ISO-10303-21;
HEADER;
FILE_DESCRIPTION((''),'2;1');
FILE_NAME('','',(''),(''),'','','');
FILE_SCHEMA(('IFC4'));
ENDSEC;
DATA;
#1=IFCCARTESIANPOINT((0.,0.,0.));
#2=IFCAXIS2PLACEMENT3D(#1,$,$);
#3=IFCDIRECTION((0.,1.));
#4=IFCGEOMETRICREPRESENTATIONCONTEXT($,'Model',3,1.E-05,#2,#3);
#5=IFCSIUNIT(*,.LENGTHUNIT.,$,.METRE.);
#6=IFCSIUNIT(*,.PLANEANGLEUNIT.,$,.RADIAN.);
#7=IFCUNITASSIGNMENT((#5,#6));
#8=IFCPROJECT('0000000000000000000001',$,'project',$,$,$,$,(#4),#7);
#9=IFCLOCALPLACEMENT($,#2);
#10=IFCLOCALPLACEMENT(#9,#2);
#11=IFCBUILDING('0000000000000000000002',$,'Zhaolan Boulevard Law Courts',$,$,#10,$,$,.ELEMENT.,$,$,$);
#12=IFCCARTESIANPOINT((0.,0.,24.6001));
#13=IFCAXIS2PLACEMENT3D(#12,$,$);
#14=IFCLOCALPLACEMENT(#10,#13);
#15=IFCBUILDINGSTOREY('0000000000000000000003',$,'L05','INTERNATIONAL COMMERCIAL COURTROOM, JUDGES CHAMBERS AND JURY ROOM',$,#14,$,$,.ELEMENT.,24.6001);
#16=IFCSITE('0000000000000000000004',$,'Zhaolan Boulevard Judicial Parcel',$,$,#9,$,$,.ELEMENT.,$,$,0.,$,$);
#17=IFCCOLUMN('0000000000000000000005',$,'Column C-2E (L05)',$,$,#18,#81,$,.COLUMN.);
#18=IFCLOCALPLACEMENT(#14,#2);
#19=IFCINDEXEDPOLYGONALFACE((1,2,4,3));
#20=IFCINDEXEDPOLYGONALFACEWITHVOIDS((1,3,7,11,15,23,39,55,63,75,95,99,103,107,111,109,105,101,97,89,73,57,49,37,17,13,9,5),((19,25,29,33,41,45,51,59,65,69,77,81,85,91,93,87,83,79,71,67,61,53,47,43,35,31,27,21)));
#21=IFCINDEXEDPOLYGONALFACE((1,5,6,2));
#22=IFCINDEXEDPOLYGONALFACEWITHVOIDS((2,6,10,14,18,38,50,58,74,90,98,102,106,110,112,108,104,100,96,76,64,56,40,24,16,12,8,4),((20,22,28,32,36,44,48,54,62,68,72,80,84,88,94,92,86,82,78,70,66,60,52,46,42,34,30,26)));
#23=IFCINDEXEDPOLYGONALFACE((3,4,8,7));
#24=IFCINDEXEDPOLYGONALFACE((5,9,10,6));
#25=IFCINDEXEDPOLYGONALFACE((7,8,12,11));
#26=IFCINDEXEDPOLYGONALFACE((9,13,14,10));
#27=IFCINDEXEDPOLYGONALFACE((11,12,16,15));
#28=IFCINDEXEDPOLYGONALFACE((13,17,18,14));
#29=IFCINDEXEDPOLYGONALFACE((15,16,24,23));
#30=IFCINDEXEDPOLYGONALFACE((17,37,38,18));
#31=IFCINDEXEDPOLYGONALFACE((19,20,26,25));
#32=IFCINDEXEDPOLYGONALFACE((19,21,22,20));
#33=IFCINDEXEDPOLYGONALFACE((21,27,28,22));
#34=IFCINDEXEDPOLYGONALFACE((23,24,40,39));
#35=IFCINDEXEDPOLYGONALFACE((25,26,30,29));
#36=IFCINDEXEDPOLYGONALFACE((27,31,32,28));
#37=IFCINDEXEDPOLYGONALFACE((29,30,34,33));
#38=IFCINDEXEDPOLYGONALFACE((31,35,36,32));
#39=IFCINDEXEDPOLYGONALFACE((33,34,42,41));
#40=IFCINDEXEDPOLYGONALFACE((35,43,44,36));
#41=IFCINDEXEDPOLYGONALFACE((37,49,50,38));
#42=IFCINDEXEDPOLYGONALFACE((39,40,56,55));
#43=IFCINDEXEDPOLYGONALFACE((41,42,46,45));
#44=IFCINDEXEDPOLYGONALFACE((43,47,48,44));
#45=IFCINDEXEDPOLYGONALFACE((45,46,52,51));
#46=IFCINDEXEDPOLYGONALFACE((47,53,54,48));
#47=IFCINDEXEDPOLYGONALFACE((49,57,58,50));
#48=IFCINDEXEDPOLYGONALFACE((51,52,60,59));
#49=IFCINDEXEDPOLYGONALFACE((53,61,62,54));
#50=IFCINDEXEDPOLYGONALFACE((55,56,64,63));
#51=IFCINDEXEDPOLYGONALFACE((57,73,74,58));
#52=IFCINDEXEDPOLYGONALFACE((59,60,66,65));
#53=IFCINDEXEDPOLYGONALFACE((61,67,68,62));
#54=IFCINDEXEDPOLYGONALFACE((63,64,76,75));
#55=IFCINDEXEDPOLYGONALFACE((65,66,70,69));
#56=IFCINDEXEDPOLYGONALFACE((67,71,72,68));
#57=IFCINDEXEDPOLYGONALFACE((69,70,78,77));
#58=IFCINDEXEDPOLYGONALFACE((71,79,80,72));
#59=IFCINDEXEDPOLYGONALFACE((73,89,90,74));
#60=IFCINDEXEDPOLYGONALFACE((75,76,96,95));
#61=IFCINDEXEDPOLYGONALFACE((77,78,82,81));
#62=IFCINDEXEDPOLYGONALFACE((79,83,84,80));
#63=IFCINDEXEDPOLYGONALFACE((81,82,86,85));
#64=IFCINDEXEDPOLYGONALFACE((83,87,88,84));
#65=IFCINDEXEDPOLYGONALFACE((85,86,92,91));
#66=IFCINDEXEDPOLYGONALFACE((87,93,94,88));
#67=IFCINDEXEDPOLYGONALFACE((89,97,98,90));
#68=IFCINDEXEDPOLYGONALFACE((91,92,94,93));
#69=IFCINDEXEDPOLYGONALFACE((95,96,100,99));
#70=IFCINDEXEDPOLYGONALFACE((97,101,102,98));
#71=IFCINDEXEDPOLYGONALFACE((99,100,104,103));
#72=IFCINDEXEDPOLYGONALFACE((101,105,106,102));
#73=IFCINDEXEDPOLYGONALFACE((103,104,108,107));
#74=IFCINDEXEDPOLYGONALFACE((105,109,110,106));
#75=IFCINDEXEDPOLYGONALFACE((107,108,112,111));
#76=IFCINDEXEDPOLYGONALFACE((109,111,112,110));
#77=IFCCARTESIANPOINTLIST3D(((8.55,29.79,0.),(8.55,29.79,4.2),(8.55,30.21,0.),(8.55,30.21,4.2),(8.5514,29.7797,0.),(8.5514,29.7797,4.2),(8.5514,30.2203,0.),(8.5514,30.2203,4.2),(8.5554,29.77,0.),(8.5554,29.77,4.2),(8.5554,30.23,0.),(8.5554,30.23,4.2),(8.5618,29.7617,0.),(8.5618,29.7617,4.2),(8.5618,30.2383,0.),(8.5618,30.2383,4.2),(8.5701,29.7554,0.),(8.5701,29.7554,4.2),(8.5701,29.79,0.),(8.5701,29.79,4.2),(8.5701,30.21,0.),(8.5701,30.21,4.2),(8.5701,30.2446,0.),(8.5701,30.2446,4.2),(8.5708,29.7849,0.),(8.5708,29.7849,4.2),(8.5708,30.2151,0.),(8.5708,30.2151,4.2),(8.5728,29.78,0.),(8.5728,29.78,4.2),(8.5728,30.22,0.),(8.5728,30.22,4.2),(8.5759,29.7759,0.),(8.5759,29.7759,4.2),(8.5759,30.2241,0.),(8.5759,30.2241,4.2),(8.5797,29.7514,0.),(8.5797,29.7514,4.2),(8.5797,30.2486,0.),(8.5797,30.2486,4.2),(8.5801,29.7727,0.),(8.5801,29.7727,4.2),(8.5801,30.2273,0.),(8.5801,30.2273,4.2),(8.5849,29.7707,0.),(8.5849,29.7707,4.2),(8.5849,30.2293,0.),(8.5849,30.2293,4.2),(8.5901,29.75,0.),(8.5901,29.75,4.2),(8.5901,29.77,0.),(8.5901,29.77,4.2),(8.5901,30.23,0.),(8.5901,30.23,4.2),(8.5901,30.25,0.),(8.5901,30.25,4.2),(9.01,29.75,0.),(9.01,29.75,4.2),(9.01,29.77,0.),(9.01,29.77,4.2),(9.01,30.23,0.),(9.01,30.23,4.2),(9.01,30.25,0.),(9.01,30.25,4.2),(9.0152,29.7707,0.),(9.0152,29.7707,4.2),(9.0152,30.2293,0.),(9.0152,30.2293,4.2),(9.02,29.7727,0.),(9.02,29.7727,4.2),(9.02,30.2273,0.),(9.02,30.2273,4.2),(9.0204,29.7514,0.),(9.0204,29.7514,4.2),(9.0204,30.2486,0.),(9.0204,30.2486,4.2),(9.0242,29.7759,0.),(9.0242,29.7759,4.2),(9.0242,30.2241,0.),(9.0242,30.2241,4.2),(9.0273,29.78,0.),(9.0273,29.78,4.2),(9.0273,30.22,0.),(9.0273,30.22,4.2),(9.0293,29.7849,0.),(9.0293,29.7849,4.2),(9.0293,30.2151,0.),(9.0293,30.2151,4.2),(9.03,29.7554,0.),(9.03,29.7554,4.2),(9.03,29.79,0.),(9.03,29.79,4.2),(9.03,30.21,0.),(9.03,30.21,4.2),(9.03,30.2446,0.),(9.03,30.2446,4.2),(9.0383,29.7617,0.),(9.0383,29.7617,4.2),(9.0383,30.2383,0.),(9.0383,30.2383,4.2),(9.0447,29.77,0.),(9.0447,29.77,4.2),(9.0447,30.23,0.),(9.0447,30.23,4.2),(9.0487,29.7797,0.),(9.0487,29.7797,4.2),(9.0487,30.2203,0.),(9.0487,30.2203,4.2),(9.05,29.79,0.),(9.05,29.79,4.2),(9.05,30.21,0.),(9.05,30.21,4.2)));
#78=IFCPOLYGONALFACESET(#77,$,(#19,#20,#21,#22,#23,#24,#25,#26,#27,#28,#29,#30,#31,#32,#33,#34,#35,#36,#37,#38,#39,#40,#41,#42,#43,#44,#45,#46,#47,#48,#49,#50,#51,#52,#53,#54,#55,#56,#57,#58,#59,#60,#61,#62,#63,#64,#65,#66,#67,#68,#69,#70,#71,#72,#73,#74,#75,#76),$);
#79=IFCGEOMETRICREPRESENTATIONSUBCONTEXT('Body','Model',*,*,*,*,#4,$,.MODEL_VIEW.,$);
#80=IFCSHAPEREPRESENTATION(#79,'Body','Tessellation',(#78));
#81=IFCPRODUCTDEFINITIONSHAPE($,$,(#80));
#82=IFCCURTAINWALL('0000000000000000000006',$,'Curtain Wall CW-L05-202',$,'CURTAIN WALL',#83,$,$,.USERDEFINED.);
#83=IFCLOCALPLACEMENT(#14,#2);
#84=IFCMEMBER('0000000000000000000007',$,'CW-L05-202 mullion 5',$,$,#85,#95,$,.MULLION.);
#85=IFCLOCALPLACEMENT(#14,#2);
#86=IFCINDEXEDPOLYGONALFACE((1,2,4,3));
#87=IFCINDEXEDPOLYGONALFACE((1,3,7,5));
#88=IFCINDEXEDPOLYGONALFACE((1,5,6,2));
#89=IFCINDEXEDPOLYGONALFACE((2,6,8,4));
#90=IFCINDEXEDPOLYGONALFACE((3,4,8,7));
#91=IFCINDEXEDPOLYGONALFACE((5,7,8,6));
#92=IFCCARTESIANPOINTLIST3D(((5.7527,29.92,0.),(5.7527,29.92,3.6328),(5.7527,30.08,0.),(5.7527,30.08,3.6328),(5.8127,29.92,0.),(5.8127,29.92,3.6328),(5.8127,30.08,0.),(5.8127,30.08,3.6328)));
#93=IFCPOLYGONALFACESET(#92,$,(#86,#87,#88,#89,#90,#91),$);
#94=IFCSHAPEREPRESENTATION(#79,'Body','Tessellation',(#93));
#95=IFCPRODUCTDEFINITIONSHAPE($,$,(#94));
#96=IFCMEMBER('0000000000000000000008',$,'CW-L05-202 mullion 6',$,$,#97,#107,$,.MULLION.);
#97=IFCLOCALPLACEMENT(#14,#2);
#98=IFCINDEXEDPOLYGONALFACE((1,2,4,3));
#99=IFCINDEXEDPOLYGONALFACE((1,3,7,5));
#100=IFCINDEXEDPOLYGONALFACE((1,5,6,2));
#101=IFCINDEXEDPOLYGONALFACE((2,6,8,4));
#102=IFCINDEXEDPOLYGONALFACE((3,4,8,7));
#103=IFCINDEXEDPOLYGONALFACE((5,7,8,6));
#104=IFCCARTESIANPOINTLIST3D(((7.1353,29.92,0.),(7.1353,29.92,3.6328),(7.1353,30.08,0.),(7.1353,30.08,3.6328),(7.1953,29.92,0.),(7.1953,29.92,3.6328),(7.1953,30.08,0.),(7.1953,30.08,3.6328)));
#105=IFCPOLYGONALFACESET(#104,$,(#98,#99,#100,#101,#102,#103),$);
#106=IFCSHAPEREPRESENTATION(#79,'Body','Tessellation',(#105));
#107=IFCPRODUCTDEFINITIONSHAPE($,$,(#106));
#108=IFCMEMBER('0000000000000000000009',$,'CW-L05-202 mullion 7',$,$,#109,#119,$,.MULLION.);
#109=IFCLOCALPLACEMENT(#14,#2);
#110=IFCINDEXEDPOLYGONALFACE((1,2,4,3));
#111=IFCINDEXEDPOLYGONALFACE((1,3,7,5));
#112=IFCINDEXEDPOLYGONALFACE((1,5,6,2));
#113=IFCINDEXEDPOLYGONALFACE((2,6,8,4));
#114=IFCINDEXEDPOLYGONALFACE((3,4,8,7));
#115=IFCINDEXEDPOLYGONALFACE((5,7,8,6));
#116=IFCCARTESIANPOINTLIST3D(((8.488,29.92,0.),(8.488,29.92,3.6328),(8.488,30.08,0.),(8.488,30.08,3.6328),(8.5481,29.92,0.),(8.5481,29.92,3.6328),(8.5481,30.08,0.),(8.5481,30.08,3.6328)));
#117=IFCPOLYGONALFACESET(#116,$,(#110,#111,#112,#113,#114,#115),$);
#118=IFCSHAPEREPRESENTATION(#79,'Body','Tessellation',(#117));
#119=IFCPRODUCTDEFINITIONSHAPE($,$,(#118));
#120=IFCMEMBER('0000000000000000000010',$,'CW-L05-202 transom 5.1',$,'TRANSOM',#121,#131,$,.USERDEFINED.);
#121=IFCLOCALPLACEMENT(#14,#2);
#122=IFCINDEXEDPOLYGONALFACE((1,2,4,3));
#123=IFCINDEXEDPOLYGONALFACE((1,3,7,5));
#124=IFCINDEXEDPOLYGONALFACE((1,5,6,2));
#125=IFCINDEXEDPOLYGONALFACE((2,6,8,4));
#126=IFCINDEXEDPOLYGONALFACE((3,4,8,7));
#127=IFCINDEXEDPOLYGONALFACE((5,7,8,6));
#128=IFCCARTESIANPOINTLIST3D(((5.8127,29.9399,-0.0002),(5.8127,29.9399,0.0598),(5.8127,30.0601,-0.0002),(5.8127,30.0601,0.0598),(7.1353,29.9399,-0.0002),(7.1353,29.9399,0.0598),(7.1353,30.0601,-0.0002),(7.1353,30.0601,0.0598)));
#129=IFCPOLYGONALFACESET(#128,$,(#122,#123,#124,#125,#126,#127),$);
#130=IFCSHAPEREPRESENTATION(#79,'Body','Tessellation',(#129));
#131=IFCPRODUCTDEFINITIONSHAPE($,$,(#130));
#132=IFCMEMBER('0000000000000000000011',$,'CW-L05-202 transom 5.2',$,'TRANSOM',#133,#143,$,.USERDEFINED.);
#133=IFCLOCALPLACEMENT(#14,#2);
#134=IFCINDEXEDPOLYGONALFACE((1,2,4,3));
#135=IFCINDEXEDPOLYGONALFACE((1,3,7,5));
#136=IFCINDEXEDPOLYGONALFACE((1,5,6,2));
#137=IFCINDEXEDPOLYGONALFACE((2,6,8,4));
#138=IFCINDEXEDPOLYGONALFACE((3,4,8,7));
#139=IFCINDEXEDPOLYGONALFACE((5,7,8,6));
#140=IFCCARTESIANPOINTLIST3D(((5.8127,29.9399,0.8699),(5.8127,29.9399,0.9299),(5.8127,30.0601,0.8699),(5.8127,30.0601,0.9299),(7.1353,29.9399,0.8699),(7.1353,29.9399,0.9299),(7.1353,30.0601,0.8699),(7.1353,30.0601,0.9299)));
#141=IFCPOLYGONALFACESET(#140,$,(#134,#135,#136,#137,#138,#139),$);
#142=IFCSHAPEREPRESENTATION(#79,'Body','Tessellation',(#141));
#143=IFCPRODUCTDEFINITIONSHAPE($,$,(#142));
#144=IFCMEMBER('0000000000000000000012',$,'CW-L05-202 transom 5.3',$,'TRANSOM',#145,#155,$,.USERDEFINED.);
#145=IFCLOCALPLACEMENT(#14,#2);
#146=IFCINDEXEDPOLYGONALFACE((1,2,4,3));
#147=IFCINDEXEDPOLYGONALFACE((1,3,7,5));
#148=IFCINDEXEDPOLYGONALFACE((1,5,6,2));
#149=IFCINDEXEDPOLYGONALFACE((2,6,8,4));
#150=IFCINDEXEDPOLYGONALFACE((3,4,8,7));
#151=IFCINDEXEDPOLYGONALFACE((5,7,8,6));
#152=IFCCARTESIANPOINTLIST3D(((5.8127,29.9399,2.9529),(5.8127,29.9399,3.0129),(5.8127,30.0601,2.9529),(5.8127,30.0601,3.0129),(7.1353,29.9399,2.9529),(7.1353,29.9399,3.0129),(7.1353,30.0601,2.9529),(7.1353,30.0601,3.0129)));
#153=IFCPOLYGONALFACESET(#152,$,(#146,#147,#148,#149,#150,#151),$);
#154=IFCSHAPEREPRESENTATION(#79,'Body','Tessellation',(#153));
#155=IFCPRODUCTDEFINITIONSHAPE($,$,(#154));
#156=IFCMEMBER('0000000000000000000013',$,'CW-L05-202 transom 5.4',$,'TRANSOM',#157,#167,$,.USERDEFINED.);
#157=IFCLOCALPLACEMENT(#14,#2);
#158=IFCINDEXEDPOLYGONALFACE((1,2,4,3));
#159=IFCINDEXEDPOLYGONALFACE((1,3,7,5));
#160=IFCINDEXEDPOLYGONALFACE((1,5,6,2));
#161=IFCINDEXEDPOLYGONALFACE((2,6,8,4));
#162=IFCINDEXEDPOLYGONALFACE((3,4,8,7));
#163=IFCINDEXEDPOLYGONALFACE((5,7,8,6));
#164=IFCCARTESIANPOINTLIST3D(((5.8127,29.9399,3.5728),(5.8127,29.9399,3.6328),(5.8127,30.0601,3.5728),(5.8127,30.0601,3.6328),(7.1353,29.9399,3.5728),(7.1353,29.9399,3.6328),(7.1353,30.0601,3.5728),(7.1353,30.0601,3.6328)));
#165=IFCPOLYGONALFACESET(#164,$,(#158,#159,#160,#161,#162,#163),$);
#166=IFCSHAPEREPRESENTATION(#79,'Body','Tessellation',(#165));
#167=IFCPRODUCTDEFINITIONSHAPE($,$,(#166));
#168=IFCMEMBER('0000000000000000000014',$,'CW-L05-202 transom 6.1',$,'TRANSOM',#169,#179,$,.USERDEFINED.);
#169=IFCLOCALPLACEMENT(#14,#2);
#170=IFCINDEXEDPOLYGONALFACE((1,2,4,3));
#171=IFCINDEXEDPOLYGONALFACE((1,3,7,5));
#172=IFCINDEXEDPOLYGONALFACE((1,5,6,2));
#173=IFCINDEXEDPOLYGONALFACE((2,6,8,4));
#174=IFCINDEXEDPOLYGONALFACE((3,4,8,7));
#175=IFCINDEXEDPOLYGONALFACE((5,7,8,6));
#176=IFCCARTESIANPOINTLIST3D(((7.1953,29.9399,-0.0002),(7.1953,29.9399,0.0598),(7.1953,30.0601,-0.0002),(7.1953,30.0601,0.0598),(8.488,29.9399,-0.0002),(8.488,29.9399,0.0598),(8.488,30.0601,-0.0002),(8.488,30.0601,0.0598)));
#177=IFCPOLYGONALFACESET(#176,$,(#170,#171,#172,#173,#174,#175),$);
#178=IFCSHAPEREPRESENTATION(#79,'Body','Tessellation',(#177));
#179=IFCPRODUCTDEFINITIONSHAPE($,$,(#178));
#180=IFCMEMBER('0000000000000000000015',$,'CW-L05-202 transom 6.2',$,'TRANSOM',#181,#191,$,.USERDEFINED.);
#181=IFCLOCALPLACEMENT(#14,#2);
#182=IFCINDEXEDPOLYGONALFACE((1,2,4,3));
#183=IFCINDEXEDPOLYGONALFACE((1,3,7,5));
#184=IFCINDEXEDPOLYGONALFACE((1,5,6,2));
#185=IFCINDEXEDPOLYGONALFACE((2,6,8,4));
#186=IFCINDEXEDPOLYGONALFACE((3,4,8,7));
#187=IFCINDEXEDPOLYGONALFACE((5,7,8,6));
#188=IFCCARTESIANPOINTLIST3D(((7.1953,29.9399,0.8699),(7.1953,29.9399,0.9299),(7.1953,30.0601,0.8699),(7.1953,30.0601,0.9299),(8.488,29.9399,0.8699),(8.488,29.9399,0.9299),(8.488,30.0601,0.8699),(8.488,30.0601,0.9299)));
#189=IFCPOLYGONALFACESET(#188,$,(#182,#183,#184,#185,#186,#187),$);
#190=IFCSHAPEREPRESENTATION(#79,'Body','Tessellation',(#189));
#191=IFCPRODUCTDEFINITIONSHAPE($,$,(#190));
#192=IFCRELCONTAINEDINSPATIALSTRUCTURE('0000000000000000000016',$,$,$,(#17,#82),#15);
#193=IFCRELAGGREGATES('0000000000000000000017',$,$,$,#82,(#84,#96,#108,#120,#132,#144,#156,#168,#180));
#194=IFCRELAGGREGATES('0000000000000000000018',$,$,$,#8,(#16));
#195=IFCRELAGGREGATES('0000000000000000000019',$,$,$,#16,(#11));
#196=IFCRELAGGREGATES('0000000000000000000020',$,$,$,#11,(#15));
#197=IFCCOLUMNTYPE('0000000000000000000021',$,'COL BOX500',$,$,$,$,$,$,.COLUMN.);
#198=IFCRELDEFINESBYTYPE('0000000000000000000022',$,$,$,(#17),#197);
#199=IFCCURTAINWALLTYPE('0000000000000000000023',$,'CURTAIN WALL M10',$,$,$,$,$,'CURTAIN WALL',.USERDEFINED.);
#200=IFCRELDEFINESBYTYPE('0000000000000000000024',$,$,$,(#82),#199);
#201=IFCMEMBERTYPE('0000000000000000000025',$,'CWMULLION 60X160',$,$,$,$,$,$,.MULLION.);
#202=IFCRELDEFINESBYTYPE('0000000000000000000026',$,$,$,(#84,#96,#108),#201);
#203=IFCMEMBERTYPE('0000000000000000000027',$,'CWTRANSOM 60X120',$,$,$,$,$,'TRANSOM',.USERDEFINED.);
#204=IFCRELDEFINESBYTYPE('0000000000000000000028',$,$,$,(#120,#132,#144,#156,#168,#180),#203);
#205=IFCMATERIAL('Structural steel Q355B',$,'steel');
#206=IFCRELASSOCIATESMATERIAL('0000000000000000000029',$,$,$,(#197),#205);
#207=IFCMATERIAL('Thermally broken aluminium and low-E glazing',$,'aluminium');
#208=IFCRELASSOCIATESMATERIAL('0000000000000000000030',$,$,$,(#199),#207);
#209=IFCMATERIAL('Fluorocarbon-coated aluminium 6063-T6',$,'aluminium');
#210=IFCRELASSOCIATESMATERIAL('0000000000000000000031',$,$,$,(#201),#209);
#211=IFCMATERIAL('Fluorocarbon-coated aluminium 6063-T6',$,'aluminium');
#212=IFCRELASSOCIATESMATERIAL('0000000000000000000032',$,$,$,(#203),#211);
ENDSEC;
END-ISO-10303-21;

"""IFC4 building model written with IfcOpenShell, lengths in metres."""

from ifc_helpers import new_model, si_unit, direction, frame, origin, origin_2d, place, context, subcontext, project, spatial, rectangle, hollow_rectangle, extrude, material, material_profile, profile_set, type_object, element, aggregate, save


model = new_model("IFC4")

# Units and contexts
model_context = context("Model", 3, precision=1e-05, world=origin(), true_north=direction((0.0, 1.0)))
body_context = subcontext(model_context, "Body", "Model", "MODEL_VIEW")
ifc_project = project(units=[si_unit("LENGTHUNIT", "METRE"), si_unit("PLANEANGLEUNIT", "RADIAN")], contexts=[model_context])

# Site, building, storey
site_placement = place(None, origin())
site = spatial("IfcSite", under=ifc_project, at=site_placement, Name="Zhaolan Boulevard Judicial Parcel", CompositionType="ELEMENT", RefElevation=0.0)
building_placement = place(site_placement, origin())
building = spatial("IfcBuilding", under=site, at=building_placement, Name="Zhaolan Boulevard Law Courts", CompositionType="ELEMENT")
storey_placement = place(building_placement, frame((0.0, 0.0, 24.6001)))
storey = spatial("IfcBuildingStorey", under=building, at=storey_placement, Name="L05", Description="INTERNATIONAL COMMERCIAL COURTROOM, JUDGES CHAMBERS AND JURY ROOM", CompositionType="ELEMENT", Elevation=24.6001)

# Column
ifc_material_1 = material(Name="Structural steel Q355B", Category="steel")
ifc_material_profile_1 = material_profile(ifc_material_1, hollow_rectangle(XDim=0.5, YDim=0.5, WallThickness=0.02, InnerFilletRadius=0.02, OuterFilletRadius=0.04, at=origin_2d()), Name="BOX500x500x20")
ifc_profile_set_1 = profile_set([ifc_material_profile_1], Name="Structural steel Q355B")
column_type = type_object("IfcColumnType", Name="COL BOX500", PredefinedType="COLUMN", material=ifc_profile_set_1)
column_placement = place(storey_placement, frame((8.8, 30.0, 0.0), z_axis=(0.0, 0.0, 1.0), x_axis=(1.0, 0.0, 0.0)))
element("IfcColumn", 1, at=column_placement, inside=storey, type_object=column_type, Name="Column C-2E (L05)", PredefinedType="COLUMN", context=body_context, shape_type="SweptSolid", body=[
    extrude(hollow_rectangle(XDim=0.5, YDim=0.5, WallThickness=0.02, InnerFilletRadius=0.02, OuterFilletRadius=0.04, at=origin_2d()), origin(), (0.0, 0.0, 1.0), 4.2),
])

# Curtain wall, members
ifc_material_2 = material(Name="Thermally broken aluminium and low-E glazing", Category="aluminium")
curtain_wall_type = type_object("IfcCurtainWallType", Name="CURTAIN WALL M10", ElementType="CURTAIN WALL", PredefinedType="USERDEFINED", material=ifc_material_2)
curtain_wall_placement = place(storey_placement, origin())
curtain_wall = element("IfcCurtainWall", 2, at=curtain_wall_placement, inside=storey, type_object=curtain_wall_type, Name="Curtain Wall CW-L05-202", ObjectType="CURTAIN WALL", PredefinedType="USERDEFINED")
ifc_material_3 = material(Name="Fluorocarbon-coated aluminium 6063-T6", Category="aluminium")
ifc_material_profile_2 = material_profile(ifc_material_3, rectangle(XDim=0.1599, YDim=0.0601, at=origin_2d()), Name="AL60x160")
ifc_profile_set_2 = profile_set([ifc_material_profile_2], Name="Fluorocarbon-coated aluminium 6063-T6")
member_type_1 = type_object("IfcMemberType", Name="CWMULLION 60X160", PredefinedType="MULLION", material=ifc_profile_set_2)
member_1_placement = place(storey_placement, frame((5.7827, 30.0, 0.0), z_axis=(0.0, 0.0, 1.0), x_axis=(0.0, 1.0, 0.0)))
member_1 = element("IfcMember", 3, at=member_1_placement, type_object=member_type_1, Name="CW-L05-202 mullion 5", PredefinedType="MULLION", context=body_context, shape_type="SweptSolid", body=[
    extrude(rectangle(XDim=0.1599, YDim=0.0601, at=origin_2d()), origin(), (0.0, 0.0, 1.0), 3.6328),
])
member_2_placement = place(storey_placement, frame((7.1653, 30.0, 0.0), z_axis=(0.0, 0.0, 1.0), x_axis=(0.0, 1.0, 0.0)))
member_2 = element("IfcMember", 4, at=member_2_placement, type_object=member_type_1, Name="CW-L05-202 mullion 6", PredefinedType="MULLION", context=body_context, shape_type="SweptSolid", body=[
    extrude(rectangle(XDim=0.1599, YDim=0.0601, at=origin_2d()), origin(), (0.0, 0.0, 1.0), 3.6328),
])
member_3_placement = place(storey_placement, frame((8.5181, 30.0, 0.0), z_axis=(0.0, 0.0, 1.0), x_axis=(0.0, 1.0, 0.0)))
member_3 = element("IfcMember", 5, at=member_3_placement, type_object=member_type_1, Name="CW-L05-202 mullion 7", PredefinedType="MULLION", context=body_context, shape_type="SweptSolid", body=[
    extrude(rectangle(XDim=0.1599, YDim=0.0601, at=origin_2d()), origin(), (0.0, 0.0, 1.0), 3.6328),
])
ifc_material_4 = material(Name="Fluorocarbon-coated aluminium 6063-T6", Category="aluminium")
ifc_material_profile_3 = material_profile(ifc_material_4, rectangle(XDim=0.1201, YDim=0.0601, at=origin_2d()), Name="AL60x120")
ifc_profile_set_3 = profile_set([ifc_material_profile_3], Name="Fluorocarbon-coated aluminium 6063-T6")
member_type_2 = type_object("IfcMemberType", Name="CWTRANSOM 60X120", ElementType="TRANSOM", PredefinedType="USERDEFINED", material=ifc_profile_set_3)
member_4_placement = place(storey_placement, frame((5.8127, 30.0, 0.0298), z_axis=(1.0, 0.0, 0.0), x_axis=(0.0, 1.0, 0.0)))
member_4 = element("IfcMember", 6, at=member_4_placement, type_object=member_type_2, Name="CW-L05-202 transom 5.1", ObjectType="TRANSOM", PredefinedType="USERDEFINED", context=body_context, shape_type="SweptSolid", body=[
    extrude(rectangle(XDim=0.1201, YDim=0.0601, at=origin_2d()), origin(), (0.0, 0.0, 1.0), 1.3225),
])
member_5_placement = place(storey_placement, frame((5.8127, 30.0, 0.8999), z_axis=(1.0, 0.0, 0.0), x_axis=(0.0, 1.0, 0.0)))
member_5 = element("IfcMember", 7, at=member_5_placement, type_object=member_type_2, Name="CW-L05-202 transom 5.2", ObjectType="TRANSOM", PredefinedType="USERDEFINED", context=body_context, shape_type="SweptSolid", body=[
    extrude(rectangle(XDim=0.1201, YDim=0.0601, at=origin_2d()), origin(), (0.0, 0.0, 1.0), 1.3225),
])
member_6_placement = place(storey_placement, frame((5.8127, 30.0, 2.9829), z_axis=(1.0, 0.0, 0.0), x_axis=(0.0, 1.0, 0.0)))
member_6 = element("IfcMember", 8, at=member_6_placement, type_object=member_type_2, Name="CW-L05-202 transom 5.3", ObjectType="TRANSOM", PredefinedType="USERDEFINED", context=body_context, shape_type="SweptSolid", body=[
    extrude(rectangle(XDim=0.1201, YDim=0.0601, at=origin_2d()), origin(), (0.0, 0.0, 1.0), 1.3225),
])
member_7_placement = place(storey_placement, frame((5.8127, 30.0, 3.6028), z_axis=(1.0, 0.0, 0.0), x_axis=(0.0, 1.0, 0.0)))
member_7 = element("IfcMember", 9, at=member_7_placement, type_object=member_type_2, Name="CW-L05-202 transom 5.4", ObjectType="TRANSOM", PredefinedType="USERDEFINED", context=body_context, shape_type="SweptSolid", body=[
    extrude(rectangle(XDim=0.1201, YDim=0.0601, at=origin_2d()), origin(), (0.0, 0.0, 1.0), 1.3225),
])
member_8_placement = place(storey_placement, frame((7.1953, 30.0, 0.0298), z_axis=(1.0, 0.0, 0.0), x_axis=(0.0, 1.0, 0.0)))
member_8 = element("IfcMember", 10, at=member_8_placement, type_object=member_type_2, Name="CW-L05-202 transom 6.1", ObjectType="TRANSOM", PredefinedType="USERDEFINED", context=body_context, shape_type="SweptSolid", body=[
    extrude(rectangle(XDim=0.1201, YDim=0.0601, at=origin_2d()), origin(), (0.0, 0.0, 1.0), 1.2927),
])
member_9_placement = place(storey_placement, frame((7.1953, 30.0, 0.8999), z_axis=(1.0, 0.0, 0.0), x_axis=(0.0, 1.0, 0.0)))
member_9 = element("IfcMember", 11, at=member_9_placement, type_object=member_type_2, Name="CW-L05-202 transom 6.2", ObjectType="TRANSOM", PredefinedType="USERDEFINED", context=body_context, shape_type="SweptSolid", body=[
    extrude(rectangle(XDim=0.1201, YDim=0.0601, at=origin_2d()), origin(), (0.0, 0.0, 1.0), 1.2927),
])
aggregate(curtain_wall, [member_1, member_2, member_3, member_4, member_5, member_6, member_7, member_8, member_9])

save(model, "model.ifc")
